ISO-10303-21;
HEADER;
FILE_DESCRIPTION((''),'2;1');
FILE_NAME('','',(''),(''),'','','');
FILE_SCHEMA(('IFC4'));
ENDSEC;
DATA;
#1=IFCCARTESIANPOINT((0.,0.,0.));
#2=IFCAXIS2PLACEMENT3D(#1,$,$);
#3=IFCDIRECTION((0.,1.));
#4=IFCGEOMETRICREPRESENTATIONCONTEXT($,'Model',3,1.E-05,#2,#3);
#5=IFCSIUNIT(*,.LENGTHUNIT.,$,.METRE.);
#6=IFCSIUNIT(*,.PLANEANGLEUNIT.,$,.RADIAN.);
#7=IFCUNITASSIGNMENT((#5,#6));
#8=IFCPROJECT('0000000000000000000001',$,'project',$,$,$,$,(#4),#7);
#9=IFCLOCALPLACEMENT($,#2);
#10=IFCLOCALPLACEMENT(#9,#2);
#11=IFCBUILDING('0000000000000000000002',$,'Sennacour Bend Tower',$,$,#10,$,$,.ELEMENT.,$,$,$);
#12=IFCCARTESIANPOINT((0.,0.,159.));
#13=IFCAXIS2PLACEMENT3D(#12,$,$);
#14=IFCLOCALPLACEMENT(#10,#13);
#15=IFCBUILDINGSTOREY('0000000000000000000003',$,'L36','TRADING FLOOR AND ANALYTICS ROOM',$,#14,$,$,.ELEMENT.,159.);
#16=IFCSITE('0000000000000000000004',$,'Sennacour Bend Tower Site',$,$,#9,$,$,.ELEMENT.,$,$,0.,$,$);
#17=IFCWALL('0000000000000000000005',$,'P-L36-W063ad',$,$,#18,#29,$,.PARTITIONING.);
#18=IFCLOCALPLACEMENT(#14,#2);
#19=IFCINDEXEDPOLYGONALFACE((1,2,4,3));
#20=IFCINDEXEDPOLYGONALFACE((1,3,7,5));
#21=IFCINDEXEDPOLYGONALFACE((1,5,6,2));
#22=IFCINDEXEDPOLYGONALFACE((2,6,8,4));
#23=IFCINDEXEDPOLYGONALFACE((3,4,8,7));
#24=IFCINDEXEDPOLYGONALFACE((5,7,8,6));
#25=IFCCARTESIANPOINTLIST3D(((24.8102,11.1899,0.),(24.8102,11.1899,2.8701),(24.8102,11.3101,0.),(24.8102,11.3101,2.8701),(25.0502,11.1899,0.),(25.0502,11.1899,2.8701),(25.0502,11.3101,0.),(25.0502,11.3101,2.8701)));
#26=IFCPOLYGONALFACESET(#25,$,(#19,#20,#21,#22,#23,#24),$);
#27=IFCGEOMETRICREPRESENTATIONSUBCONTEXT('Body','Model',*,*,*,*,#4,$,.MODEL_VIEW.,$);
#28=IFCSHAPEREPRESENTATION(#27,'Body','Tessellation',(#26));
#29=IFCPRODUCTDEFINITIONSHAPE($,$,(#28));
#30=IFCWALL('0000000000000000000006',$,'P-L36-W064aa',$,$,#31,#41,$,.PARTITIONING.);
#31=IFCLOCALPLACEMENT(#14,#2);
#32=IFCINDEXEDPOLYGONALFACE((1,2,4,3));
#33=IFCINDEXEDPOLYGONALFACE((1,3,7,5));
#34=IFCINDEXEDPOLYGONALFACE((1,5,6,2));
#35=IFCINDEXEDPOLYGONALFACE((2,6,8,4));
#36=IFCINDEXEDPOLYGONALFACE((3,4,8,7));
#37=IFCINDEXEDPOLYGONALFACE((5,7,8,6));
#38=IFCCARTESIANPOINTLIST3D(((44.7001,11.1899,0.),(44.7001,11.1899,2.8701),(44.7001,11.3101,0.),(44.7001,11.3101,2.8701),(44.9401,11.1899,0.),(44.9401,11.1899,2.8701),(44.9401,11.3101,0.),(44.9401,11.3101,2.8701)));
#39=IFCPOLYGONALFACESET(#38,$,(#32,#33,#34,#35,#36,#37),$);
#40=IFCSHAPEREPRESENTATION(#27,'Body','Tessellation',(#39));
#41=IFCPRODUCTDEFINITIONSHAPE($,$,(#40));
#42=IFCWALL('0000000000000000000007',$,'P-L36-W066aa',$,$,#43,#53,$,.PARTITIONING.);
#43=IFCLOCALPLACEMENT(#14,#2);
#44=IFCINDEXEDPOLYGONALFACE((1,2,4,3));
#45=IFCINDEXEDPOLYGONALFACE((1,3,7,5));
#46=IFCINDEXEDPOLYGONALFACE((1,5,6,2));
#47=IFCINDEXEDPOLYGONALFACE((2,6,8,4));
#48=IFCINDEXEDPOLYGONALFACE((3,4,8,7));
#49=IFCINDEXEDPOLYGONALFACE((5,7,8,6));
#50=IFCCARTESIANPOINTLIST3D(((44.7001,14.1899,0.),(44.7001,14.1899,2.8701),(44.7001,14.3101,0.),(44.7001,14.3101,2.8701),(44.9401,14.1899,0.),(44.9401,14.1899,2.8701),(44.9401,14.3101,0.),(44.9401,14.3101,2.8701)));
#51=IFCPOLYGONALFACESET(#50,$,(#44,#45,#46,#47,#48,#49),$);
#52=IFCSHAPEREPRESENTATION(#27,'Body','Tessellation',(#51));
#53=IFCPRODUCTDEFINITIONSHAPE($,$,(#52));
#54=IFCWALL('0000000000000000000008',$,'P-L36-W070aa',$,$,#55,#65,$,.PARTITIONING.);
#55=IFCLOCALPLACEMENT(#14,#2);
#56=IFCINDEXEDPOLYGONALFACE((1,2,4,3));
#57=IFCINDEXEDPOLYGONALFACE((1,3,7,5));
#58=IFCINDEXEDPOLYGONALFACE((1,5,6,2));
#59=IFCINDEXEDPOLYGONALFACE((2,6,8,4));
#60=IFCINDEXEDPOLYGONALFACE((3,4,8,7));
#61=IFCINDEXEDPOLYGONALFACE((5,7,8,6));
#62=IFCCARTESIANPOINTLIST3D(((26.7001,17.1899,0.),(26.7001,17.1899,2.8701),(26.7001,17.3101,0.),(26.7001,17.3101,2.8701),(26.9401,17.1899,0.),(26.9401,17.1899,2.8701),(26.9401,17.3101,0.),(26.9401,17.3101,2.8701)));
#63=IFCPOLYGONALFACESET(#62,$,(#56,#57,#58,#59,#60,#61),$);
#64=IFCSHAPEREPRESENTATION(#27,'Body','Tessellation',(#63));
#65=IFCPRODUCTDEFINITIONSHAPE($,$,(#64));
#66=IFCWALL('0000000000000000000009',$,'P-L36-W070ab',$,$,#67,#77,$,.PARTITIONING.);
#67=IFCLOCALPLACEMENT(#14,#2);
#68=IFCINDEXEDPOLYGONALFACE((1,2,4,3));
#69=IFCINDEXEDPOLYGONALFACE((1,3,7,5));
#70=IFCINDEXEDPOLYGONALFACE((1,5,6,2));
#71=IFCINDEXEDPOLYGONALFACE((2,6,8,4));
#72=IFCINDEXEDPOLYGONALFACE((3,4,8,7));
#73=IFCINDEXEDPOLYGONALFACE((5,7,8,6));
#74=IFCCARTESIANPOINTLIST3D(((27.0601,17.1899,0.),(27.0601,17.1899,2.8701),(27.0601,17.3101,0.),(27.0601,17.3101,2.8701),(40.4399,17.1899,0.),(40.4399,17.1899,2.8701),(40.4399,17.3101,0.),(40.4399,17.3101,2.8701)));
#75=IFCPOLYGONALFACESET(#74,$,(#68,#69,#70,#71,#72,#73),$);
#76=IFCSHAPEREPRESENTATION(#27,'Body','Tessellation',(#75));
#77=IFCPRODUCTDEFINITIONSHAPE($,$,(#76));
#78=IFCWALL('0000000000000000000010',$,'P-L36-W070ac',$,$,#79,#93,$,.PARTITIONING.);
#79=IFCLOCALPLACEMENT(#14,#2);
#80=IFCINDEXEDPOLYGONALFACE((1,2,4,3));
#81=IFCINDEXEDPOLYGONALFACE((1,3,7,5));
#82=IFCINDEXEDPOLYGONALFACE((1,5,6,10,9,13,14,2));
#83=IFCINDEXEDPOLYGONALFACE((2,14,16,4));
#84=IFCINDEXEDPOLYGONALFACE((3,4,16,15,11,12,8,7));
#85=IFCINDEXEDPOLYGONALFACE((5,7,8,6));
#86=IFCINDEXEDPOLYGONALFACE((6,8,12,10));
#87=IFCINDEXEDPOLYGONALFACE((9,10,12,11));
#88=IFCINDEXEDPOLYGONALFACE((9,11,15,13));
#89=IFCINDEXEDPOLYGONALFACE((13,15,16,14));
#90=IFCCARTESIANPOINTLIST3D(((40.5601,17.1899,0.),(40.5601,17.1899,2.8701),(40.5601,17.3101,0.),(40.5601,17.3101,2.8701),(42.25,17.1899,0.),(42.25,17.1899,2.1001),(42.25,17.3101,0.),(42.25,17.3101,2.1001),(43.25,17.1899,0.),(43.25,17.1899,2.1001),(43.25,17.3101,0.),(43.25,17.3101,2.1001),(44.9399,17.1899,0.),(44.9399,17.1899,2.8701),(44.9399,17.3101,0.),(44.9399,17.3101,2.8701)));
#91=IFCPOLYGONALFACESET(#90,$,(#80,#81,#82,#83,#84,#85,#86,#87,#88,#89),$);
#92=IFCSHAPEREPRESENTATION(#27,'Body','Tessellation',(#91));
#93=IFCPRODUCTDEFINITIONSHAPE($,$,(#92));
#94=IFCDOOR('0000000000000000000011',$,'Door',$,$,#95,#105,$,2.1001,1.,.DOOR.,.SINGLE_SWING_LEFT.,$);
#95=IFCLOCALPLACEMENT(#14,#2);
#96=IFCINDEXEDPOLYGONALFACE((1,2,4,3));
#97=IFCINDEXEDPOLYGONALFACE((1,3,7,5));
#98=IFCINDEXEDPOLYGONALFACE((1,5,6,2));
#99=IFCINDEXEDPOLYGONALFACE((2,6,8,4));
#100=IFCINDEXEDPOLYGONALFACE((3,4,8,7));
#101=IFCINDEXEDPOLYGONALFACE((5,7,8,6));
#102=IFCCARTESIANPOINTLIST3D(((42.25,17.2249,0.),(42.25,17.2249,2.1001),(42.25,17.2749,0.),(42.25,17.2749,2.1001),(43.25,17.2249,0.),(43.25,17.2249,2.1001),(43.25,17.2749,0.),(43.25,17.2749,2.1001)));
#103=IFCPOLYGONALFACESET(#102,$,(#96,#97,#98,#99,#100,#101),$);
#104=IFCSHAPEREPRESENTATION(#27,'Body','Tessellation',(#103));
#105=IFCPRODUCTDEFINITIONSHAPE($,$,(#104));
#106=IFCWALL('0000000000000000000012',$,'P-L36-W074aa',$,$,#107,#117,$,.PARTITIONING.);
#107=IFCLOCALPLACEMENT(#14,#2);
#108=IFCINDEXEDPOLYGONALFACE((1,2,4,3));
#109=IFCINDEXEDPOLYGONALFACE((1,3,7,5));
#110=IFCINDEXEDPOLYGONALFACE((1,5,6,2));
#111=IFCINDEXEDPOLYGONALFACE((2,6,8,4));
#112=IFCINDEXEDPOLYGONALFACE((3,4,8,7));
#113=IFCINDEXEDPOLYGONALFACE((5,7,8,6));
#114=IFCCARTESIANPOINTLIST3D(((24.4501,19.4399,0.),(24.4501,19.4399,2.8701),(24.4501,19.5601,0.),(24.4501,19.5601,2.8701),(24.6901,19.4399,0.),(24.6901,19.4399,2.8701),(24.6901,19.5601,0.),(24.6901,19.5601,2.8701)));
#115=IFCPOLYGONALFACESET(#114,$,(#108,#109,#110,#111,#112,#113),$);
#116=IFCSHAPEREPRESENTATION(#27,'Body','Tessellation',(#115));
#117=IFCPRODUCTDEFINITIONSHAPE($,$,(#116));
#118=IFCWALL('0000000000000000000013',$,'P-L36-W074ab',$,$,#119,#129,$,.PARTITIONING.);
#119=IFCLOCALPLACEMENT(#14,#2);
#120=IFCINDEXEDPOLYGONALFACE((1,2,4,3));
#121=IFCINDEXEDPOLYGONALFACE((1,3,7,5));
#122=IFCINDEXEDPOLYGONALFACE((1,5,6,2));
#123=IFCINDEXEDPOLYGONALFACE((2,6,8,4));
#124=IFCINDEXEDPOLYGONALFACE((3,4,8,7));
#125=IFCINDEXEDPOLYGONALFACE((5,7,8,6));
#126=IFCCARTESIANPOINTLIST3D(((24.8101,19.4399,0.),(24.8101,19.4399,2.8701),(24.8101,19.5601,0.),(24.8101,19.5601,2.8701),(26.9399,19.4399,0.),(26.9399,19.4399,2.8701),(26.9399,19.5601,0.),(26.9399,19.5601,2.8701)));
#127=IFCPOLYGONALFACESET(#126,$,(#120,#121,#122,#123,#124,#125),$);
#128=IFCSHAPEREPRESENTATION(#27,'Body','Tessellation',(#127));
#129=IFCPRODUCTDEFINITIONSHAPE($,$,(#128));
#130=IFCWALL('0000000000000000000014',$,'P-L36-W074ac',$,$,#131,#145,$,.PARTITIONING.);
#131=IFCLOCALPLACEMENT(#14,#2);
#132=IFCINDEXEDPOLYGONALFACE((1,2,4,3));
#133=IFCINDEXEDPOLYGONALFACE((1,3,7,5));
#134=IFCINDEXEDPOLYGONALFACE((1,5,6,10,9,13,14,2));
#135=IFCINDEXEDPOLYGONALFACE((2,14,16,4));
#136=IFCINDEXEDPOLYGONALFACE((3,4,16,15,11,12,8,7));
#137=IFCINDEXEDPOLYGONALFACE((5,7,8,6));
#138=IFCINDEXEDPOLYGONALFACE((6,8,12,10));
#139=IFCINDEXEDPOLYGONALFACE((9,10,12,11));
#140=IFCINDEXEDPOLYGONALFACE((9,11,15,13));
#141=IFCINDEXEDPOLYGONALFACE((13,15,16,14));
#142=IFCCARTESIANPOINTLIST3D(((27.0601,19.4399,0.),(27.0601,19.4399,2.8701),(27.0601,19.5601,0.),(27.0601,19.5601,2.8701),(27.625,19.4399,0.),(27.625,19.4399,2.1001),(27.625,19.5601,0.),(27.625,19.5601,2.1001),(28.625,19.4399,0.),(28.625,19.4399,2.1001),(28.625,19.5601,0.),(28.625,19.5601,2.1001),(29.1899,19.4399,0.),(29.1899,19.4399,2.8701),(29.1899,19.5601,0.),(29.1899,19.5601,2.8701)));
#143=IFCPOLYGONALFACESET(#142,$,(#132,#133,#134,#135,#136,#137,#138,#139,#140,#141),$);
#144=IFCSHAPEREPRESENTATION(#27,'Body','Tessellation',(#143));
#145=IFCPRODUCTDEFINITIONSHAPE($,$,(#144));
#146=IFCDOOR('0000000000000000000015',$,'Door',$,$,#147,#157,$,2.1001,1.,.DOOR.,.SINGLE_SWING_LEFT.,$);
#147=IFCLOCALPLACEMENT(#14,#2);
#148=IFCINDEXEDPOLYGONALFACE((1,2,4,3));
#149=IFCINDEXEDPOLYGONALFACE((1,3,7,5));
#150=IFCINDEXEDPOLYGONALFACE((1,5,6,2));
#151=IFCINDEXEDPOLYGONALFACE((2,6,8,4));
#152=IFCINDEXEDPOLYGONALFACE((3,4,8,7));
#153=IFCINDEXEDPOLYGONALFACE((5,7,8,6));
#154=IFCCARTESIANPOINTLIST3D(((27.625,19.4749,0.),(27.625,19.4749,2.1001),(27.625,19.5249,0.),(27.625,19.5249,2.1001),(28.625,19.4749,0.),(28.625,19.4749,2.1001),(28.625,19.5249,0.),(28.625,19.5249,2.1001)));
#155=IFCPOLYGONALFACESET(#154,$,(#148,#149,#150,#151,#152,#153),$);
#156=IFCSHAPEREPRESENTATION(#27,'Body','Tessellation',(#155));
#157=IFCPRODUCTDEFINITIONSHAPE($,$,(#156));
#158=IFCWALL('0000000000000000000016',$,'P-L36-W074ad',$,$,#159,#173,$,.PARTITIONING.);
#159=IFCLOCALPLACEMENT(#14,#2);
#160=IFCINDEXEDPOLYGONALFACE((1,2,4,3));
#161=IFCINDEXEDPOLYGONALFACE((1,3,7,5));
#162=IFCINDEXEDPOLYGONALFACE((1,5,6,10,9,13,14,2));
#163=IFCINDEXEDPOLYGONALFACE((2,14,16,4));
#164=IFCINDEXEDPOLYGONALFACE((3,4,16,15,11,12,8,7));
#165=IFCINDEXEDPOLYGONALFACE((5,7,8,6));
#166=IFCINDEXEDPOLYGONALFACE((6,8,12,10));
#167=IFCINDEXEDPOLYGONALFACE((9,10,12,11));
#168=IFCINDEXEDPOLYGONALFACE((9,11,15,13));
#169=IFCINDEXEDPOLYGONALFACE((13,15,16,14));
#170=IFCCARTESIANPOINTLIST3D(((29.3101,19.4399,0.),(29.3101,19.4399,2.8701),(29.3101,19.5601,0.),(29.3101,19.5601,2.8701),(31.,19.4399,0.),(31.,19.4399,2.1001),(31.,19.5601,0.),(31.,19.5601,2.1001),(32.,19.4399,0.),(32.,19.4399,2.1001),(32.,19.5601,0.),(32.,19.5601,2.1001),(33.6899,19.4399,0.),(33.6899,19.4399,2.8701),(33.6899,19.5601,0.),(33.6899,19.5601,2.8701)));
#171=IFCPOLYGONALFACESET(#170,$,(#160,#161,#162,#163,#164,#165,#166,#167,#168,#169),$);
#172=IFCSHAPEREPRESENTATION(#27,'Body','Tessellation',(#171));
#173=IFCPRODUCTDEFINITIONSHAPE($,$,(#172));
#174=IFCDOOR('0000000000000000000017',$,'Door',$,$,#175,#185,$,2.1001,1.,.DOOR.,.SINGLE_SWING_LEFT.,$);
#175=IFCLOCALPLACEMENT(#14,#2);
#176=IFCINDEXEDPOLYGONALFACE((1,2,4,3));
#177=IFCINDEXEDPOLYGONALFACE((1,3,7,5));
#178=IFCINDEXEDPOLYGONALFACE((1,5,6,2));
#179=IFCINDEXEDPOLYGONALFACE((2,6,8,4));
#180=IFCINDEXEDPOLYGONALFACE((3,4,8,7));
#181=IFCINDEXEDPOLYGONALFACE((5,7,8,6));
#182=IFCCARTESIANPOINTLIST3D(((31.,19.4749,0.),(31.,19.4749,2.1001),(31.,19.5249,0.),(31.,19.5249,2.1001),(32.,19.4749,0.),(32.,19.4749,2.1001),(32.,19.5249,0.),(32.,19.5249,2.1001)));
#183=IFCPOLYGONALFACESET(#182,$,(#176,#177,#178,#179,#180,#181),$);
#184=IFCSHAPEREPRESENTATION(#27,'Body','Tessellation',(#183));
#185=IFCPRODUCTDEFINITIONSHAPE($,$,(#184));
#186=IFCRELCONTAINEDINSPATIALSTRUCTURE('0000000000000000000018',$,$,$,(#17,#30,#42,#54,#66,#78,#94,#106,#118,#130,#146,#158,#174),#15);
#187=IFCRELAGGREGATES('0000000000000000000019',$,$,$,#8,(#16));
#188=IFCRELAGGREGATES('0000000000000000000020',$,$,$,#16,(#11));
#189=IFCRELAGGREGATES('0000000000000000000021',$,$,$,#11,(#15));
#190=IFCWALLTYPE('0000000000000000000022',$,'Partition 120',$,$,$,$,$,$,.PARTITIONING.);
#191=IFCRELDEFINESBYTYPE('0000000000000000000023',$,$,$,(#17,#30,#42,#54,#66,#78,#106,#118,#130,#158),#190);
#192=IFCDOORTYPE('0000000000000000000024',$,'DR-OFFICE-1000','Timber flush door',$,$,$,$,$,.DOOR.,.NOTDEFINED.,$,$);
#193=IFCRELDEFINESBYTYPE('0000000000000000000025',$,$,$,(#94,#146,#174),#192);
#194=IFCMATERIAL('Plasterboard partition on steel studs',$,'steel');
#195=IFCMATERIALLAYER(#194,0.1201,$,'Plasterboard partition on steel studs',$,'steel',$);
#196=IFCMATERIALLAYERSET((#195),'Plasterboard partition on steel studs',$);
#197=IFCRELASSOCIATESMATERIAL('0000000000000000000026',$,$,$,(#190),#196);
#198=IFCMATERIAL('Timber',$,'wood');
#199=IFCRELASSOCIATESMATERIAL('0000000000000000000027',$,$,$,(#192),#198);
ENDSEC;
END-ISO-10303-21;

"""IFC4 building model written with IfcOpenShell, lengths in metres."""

from ifc_helpers import new_model, si_unit, direction, frame, frame_2d, origin, place, context, subcontext, project, spatial, rectangle, extrude, material, layer, layer_set, type_object, element, fill, save


model = new_model("IFC4")

# Units and contexts
model_context = context("Model", 3, precision=1e-05, world=origin(), true_north=direction((0.0, 1.0)))
body_context = subcontext(model_context, "Body", "Model", "MODEL_VIEW")
ifc_project = project(units=[si_unit("LENGTHUNIT", "METRE"), si_unit("PLANEANGLEUNIT", "RADIAN")], contexts=[model_context])

# Site, building, storey
site_placement = place(None, origin())
site = spatial("IfcSite", under=ifc_project, at=site_placement, Name="Sennacour Bend Tower Site", CompositionType="ELEMENT", RefElevation=0.0)
building_placement = place(site_placement, origin())
building = spatial("IfcBuilding", under=site, at=building_placement, Name="Sennacour Bend Tower", CompositionType="ELEMENT")
storey_placement = place(building_placement, frame((0.0, 0.0, 159.0)))
storey = spatial("IfcBuildingStorey", under=building, at=storey_placement, Name="L36", Description="TRADING FLOOR AND ANALYTICS ROOM", CompositionType="ELEMENT", Elevation=159.0)

# Shared definitions
ifc_material_1 = material(Name="Plasterboard partition on steel studs", Category="steel")
ifc_layer = layer(ifc_material_1, 0.1201, Name="Plasterboard partition on steel studs", Category="steel")
ifc_layer_set = layer_set([ifc_layer], Name="Plasterboard partition on steel studs")
wall_type = type_object("IfcWallType", Name="Partition 120", PredefinedType="PARTITIONING", material=ifc_layer_set)

# Shared definitions
ifc_material_2 = material(Name="Timber", Category="wood")

# Walls
for number, where, z_axis, x_axis, name in (
    (1, (24.8101, 11.25, 0.0), (0.0, 0.0, 1.0), (1.0, 0.0, 0.0), "P-L36-W063ad"),
    (2, (44.7, 11.25, 0.0), (0.0, 0.0, 1.0), (1.0, 0.0, 0.0), "P-L36-W064aa"),
    (3, (44.7, 14.25, 0.0), (0.0, 0.0, 1.0), (1.0, 0.0, 0.0), "P-L36-W066aa"),
    (4, (26.7, 17.25, 0.0), (0.0, 0.0, 1.0), (1.0, 0.0, 0.0), "P-L36-W070aa"),
):
    element("IfcWall", number, at=place(storey_placement, frame(where, z_axis=z_axis, x_axis=x_axis)), inside=storey, type_object=wall_type, Name=name, PredefinedType="PARTITIONING", context=body_context, shape_type="SweptSolid", body=[
        extrude(rectangle(XDim=0.24, YDim=0.1201, at=frame_2d((0.1201, 0.0))), origin(), (0.0, 0.0, 1.0), 2.8701),
    ])
wall_1_placement = place(storey_placement, frame((27.0601, 17.25, 0.0), z_axis=(0.0, 0.0, 1.0), x_axis=(1.0, 0.0, 0.0)))
element("IfcWall", 5, at=wall_1_placement, inside=storey, type_object=wall_type, Name="P-L36-W070ab", PredefinedType="PARTITIONING", context=body_context, shape_type="SweptSolid", body=[
    extrude(rectangle(XDim=13.3799, YDim=0.1201, at=frame_2d((6.6899, 0.0))), origin(), (0.0, 0.0, 1.0), 2.8701),
])

# Wall, opening, door
wall_2_placement = place(storey_placement, frame((40.5601, 17.25, 0.0), z_axis=(0.0, 0.0, 1.0), x_axis=(1.0, 0.0, 0.0)))
wall_2 = element("IfcWall", 6, at=wall_2_placement, inside=storey, type_object=wall_type, Name="P-L36-W070ac", PredefinedType="PARTITIONING", context=body_context, shape_type="SweptSolid", body=[
    extrude(rectangle(XDim=4.3799, YDim=0.1201, at=frame_2d((2.1899, 0.0))), origin(), (0.0, 0.0, 1.0), 2.8701),
])
opening_1_placement = place(wall_2_placement, frame((1.6899, 0.0, 0.0)))
opening_1 = element("IfcOpeningElement", 7, at=opening_1_placement, cuts=wall_2, PredefinedType="OPENING", context=body_context, shape_type="SweptSolid", body=[
    extrude(rectangle(XDim=1.0, YDim=2.1001, at=frame_2d((0.5, 1.05))), frame((0.0, 0.0701, 0.0), z_axis=(0.0, -1.0, 0.0), x_axis=(1.0, 0.0, 0.0)), (0.0, 0.0, 1.0), 0.1401),
])
door_type_1 = type_object("IfcDoorType", Name="DR-OFFICE-1000", Description="Timber flush door", OperationType="NOTDEFINED", PredefinedType="DOOR", material=ifc_material_2)
door_1_placement = place(opening_1_placement, origin())
door_1 = element("IfcDoor", 8, at=door_1_placement, inside=storey, type_object=door_type_1, Name="Door", OperationType="SINGLE_SWING_LEFT", OverallHeight=2.1001, OverallWidth=1.0, PredefinedType="DOOR", context=body_context, shape_type="SweptSolid", body=[
    extrude(rectangle(XDim=1.0, YDim=2.1001, at=frame_2d((0.5, 1.05))), frame((0.0, 0.0249, 0.0), z_axis=(0.0, -1.0, 0.0), x_axis=(1.0, 0.0, 0.0)), (0.0, 0.0, 1.0), 0.05),
])
fill(opening_1, door_1)

# Walls
wall_3_placement = place(storey_placement, frame((24.45, 19.5, 0.0), z_axis=(0.0, 0.0, 1.0), x_axis=(1.0, 0.0, 0.0)))
element("IfcWall", 9, at=wall_3_placement, inside=storey, type_object=wall_type, Name="P-L36-W074aa", PredefinedType="PARTITIONING", context=body_context, shape_type="SweptSolid", body=[
    extrude(rectangle(XDim=0.24, YDim=0.1201, at=frame_2d((0.1201, 0.0))), origin(), (0.0, 0.0, 1.0), 2.8701),
])
wall_4_placement = place(storey_placement, frame((24.8101, 19.5, 0.0), z_axis=(0.0, 0.0, 1.0), x_axis=(1.0, 0.0, 0.0)))
element("IfcWall", 10, at=wall_4_placement, inside=storey, type_object=wall_type, Name="P-L36-W074ab", PredefinedType="PARTITIONING", context=body_context, shape_type="SweptSolid", body=[
    extrude(rectangle(XDim=2.1299, YDim=0.1201, at=frame_2d((1.0649, 0.0))), origin(), (0.0, 0.0, 1.0), 2.8701),
])

# Walls, openings, doors
wall_5_placement = place(storey_placement, frame((27.0601, 19.5, 0.0), z_axis=(0.0, 0.0, 1.0), x_axis=(1.0, 0.0, 0.0)))
wall_5 = element("IfcWall", 11, at=wall_5_placement, inside=storey, type_object=wall_type, Name="P-L36-W074ac", PredefinedType="PARTITIONING", context=body_context, shape_type="SweptSolid", body=[
    extrude(rectangle(XDim=2.1299, YDim=0.1201, at=frame_2d((1.0649, 0.0))), origin(), (0.0, 0.0, 1.0), 2.8701),
])
opening_2_placement = place(wall_5_placement, frame((0.5649, 0.0, 0.0)))
opening_2 = element("IfcOpeningElement", 12, at=opening_2_placement, cuts=wall_5, PredefinedType="OPENING", context=body_context, shape_type="SweptSolid", body=[
    extrude(rectangle(XDim=1.0, YDim=2.1001, at=frame_2d((0.5, 1.05))), frame((0.0, 0.0701, 0.0), z_axis=(0.0, -1.0, 0.0), x_axis=(1.0, 0.0, 0.0)), (0.0, 0.0, 1.0), 0.1401),
])
door_2_placement = place(opening_2_placement, origin())
door_2 = element("IfcDoor", 13, at=door_2_placement, inside=storey, type_object=door_type_1, Name="Door", OperationType="SINGLE_SWING_LEFT", OverallHeight=2.1001, OverallWidth=1.0, PredefinedType="DOOR", context=body_context, shape_type="SweptSolid", body=[
    extrude(rectangle(XDim=1.0, YDim=2.1001, at=frame_2d((0.5, 1.05))), frame((0.0, 0.0249, 0.0), z_axis=(0.0, -1.0, 0.0), x_axis=(1.0, 0.0, 0.0)), (0.0, 0.0, 1.0), 0.05),
])
fill(opening_2, door_2)
wall_6_placement = place(storey_placement, frame((29.3101, 19.5, 0.0), z_axis=(0.0, 0.0, 1.0), x_axis=(1.0, 0.0, 0.0)))
wall_6 = element("IfcWall", 14, at=wall_6_placement, inside=storey, type_object=wall_type, Name="P-L36-W074ad", PredefinedType="PARTITIONING", context=body_context, shape_type="SweptSolid", body=[
    extrude(rectangle(XDim=4.3799, YDim=0.1201, at=frame_2d((2.1899, 0.0))), origin(), (0.0, 0.0, 1.0), 2.8701),
])
opening_3_placement = place(wall_6_placement, frame((1.6899, 0.0, 0.0)))
opening_3 = element("IfcOpeningElement", 15, at=opening_3_placement, cuts=wall_6, PredefinedType="OPENING", context=body_context, shape_type="SweptSolid", body=[
    extrude(rectangle(XDim=1.0, YDim=2.1001, at=frame_2d((0.5, 1.05))), frame((0.0, 0.0701, 0.0), z_axis=(0.0, -1.0, 0.0), x_axis=(1.0, 0.0, 0.0)), (0.0, 0.0, 1.0), 0.1401),
])
door_3_placement = place(opening_3_placement, origin())
door_3 = element("IfcDoor", 16, at=door_3_placement, inside=storey, type_object=door_type_1, Name="Door", OperationType="SINGLE_SWING_LEFT", OverallHeight=2.1001, OverallWidth=1.0, PredefinedType="DOOR", context=body_context, shape_type="SweptSolid", body=[
    extrude(rectangle(XDim=1.0, YDim=2.1001, at=frame_2d((0.5, 1.05))), frame((0.0, 0.0249, 0.0), z_axis=(0.0, -1.0, 0.0), x_axis=(1.0, 0.0, 0.0)), (0.0, 0.0, 1.0), 0.05),
])
fill(opening_3, door_3)

save(model, "model.ifc")
